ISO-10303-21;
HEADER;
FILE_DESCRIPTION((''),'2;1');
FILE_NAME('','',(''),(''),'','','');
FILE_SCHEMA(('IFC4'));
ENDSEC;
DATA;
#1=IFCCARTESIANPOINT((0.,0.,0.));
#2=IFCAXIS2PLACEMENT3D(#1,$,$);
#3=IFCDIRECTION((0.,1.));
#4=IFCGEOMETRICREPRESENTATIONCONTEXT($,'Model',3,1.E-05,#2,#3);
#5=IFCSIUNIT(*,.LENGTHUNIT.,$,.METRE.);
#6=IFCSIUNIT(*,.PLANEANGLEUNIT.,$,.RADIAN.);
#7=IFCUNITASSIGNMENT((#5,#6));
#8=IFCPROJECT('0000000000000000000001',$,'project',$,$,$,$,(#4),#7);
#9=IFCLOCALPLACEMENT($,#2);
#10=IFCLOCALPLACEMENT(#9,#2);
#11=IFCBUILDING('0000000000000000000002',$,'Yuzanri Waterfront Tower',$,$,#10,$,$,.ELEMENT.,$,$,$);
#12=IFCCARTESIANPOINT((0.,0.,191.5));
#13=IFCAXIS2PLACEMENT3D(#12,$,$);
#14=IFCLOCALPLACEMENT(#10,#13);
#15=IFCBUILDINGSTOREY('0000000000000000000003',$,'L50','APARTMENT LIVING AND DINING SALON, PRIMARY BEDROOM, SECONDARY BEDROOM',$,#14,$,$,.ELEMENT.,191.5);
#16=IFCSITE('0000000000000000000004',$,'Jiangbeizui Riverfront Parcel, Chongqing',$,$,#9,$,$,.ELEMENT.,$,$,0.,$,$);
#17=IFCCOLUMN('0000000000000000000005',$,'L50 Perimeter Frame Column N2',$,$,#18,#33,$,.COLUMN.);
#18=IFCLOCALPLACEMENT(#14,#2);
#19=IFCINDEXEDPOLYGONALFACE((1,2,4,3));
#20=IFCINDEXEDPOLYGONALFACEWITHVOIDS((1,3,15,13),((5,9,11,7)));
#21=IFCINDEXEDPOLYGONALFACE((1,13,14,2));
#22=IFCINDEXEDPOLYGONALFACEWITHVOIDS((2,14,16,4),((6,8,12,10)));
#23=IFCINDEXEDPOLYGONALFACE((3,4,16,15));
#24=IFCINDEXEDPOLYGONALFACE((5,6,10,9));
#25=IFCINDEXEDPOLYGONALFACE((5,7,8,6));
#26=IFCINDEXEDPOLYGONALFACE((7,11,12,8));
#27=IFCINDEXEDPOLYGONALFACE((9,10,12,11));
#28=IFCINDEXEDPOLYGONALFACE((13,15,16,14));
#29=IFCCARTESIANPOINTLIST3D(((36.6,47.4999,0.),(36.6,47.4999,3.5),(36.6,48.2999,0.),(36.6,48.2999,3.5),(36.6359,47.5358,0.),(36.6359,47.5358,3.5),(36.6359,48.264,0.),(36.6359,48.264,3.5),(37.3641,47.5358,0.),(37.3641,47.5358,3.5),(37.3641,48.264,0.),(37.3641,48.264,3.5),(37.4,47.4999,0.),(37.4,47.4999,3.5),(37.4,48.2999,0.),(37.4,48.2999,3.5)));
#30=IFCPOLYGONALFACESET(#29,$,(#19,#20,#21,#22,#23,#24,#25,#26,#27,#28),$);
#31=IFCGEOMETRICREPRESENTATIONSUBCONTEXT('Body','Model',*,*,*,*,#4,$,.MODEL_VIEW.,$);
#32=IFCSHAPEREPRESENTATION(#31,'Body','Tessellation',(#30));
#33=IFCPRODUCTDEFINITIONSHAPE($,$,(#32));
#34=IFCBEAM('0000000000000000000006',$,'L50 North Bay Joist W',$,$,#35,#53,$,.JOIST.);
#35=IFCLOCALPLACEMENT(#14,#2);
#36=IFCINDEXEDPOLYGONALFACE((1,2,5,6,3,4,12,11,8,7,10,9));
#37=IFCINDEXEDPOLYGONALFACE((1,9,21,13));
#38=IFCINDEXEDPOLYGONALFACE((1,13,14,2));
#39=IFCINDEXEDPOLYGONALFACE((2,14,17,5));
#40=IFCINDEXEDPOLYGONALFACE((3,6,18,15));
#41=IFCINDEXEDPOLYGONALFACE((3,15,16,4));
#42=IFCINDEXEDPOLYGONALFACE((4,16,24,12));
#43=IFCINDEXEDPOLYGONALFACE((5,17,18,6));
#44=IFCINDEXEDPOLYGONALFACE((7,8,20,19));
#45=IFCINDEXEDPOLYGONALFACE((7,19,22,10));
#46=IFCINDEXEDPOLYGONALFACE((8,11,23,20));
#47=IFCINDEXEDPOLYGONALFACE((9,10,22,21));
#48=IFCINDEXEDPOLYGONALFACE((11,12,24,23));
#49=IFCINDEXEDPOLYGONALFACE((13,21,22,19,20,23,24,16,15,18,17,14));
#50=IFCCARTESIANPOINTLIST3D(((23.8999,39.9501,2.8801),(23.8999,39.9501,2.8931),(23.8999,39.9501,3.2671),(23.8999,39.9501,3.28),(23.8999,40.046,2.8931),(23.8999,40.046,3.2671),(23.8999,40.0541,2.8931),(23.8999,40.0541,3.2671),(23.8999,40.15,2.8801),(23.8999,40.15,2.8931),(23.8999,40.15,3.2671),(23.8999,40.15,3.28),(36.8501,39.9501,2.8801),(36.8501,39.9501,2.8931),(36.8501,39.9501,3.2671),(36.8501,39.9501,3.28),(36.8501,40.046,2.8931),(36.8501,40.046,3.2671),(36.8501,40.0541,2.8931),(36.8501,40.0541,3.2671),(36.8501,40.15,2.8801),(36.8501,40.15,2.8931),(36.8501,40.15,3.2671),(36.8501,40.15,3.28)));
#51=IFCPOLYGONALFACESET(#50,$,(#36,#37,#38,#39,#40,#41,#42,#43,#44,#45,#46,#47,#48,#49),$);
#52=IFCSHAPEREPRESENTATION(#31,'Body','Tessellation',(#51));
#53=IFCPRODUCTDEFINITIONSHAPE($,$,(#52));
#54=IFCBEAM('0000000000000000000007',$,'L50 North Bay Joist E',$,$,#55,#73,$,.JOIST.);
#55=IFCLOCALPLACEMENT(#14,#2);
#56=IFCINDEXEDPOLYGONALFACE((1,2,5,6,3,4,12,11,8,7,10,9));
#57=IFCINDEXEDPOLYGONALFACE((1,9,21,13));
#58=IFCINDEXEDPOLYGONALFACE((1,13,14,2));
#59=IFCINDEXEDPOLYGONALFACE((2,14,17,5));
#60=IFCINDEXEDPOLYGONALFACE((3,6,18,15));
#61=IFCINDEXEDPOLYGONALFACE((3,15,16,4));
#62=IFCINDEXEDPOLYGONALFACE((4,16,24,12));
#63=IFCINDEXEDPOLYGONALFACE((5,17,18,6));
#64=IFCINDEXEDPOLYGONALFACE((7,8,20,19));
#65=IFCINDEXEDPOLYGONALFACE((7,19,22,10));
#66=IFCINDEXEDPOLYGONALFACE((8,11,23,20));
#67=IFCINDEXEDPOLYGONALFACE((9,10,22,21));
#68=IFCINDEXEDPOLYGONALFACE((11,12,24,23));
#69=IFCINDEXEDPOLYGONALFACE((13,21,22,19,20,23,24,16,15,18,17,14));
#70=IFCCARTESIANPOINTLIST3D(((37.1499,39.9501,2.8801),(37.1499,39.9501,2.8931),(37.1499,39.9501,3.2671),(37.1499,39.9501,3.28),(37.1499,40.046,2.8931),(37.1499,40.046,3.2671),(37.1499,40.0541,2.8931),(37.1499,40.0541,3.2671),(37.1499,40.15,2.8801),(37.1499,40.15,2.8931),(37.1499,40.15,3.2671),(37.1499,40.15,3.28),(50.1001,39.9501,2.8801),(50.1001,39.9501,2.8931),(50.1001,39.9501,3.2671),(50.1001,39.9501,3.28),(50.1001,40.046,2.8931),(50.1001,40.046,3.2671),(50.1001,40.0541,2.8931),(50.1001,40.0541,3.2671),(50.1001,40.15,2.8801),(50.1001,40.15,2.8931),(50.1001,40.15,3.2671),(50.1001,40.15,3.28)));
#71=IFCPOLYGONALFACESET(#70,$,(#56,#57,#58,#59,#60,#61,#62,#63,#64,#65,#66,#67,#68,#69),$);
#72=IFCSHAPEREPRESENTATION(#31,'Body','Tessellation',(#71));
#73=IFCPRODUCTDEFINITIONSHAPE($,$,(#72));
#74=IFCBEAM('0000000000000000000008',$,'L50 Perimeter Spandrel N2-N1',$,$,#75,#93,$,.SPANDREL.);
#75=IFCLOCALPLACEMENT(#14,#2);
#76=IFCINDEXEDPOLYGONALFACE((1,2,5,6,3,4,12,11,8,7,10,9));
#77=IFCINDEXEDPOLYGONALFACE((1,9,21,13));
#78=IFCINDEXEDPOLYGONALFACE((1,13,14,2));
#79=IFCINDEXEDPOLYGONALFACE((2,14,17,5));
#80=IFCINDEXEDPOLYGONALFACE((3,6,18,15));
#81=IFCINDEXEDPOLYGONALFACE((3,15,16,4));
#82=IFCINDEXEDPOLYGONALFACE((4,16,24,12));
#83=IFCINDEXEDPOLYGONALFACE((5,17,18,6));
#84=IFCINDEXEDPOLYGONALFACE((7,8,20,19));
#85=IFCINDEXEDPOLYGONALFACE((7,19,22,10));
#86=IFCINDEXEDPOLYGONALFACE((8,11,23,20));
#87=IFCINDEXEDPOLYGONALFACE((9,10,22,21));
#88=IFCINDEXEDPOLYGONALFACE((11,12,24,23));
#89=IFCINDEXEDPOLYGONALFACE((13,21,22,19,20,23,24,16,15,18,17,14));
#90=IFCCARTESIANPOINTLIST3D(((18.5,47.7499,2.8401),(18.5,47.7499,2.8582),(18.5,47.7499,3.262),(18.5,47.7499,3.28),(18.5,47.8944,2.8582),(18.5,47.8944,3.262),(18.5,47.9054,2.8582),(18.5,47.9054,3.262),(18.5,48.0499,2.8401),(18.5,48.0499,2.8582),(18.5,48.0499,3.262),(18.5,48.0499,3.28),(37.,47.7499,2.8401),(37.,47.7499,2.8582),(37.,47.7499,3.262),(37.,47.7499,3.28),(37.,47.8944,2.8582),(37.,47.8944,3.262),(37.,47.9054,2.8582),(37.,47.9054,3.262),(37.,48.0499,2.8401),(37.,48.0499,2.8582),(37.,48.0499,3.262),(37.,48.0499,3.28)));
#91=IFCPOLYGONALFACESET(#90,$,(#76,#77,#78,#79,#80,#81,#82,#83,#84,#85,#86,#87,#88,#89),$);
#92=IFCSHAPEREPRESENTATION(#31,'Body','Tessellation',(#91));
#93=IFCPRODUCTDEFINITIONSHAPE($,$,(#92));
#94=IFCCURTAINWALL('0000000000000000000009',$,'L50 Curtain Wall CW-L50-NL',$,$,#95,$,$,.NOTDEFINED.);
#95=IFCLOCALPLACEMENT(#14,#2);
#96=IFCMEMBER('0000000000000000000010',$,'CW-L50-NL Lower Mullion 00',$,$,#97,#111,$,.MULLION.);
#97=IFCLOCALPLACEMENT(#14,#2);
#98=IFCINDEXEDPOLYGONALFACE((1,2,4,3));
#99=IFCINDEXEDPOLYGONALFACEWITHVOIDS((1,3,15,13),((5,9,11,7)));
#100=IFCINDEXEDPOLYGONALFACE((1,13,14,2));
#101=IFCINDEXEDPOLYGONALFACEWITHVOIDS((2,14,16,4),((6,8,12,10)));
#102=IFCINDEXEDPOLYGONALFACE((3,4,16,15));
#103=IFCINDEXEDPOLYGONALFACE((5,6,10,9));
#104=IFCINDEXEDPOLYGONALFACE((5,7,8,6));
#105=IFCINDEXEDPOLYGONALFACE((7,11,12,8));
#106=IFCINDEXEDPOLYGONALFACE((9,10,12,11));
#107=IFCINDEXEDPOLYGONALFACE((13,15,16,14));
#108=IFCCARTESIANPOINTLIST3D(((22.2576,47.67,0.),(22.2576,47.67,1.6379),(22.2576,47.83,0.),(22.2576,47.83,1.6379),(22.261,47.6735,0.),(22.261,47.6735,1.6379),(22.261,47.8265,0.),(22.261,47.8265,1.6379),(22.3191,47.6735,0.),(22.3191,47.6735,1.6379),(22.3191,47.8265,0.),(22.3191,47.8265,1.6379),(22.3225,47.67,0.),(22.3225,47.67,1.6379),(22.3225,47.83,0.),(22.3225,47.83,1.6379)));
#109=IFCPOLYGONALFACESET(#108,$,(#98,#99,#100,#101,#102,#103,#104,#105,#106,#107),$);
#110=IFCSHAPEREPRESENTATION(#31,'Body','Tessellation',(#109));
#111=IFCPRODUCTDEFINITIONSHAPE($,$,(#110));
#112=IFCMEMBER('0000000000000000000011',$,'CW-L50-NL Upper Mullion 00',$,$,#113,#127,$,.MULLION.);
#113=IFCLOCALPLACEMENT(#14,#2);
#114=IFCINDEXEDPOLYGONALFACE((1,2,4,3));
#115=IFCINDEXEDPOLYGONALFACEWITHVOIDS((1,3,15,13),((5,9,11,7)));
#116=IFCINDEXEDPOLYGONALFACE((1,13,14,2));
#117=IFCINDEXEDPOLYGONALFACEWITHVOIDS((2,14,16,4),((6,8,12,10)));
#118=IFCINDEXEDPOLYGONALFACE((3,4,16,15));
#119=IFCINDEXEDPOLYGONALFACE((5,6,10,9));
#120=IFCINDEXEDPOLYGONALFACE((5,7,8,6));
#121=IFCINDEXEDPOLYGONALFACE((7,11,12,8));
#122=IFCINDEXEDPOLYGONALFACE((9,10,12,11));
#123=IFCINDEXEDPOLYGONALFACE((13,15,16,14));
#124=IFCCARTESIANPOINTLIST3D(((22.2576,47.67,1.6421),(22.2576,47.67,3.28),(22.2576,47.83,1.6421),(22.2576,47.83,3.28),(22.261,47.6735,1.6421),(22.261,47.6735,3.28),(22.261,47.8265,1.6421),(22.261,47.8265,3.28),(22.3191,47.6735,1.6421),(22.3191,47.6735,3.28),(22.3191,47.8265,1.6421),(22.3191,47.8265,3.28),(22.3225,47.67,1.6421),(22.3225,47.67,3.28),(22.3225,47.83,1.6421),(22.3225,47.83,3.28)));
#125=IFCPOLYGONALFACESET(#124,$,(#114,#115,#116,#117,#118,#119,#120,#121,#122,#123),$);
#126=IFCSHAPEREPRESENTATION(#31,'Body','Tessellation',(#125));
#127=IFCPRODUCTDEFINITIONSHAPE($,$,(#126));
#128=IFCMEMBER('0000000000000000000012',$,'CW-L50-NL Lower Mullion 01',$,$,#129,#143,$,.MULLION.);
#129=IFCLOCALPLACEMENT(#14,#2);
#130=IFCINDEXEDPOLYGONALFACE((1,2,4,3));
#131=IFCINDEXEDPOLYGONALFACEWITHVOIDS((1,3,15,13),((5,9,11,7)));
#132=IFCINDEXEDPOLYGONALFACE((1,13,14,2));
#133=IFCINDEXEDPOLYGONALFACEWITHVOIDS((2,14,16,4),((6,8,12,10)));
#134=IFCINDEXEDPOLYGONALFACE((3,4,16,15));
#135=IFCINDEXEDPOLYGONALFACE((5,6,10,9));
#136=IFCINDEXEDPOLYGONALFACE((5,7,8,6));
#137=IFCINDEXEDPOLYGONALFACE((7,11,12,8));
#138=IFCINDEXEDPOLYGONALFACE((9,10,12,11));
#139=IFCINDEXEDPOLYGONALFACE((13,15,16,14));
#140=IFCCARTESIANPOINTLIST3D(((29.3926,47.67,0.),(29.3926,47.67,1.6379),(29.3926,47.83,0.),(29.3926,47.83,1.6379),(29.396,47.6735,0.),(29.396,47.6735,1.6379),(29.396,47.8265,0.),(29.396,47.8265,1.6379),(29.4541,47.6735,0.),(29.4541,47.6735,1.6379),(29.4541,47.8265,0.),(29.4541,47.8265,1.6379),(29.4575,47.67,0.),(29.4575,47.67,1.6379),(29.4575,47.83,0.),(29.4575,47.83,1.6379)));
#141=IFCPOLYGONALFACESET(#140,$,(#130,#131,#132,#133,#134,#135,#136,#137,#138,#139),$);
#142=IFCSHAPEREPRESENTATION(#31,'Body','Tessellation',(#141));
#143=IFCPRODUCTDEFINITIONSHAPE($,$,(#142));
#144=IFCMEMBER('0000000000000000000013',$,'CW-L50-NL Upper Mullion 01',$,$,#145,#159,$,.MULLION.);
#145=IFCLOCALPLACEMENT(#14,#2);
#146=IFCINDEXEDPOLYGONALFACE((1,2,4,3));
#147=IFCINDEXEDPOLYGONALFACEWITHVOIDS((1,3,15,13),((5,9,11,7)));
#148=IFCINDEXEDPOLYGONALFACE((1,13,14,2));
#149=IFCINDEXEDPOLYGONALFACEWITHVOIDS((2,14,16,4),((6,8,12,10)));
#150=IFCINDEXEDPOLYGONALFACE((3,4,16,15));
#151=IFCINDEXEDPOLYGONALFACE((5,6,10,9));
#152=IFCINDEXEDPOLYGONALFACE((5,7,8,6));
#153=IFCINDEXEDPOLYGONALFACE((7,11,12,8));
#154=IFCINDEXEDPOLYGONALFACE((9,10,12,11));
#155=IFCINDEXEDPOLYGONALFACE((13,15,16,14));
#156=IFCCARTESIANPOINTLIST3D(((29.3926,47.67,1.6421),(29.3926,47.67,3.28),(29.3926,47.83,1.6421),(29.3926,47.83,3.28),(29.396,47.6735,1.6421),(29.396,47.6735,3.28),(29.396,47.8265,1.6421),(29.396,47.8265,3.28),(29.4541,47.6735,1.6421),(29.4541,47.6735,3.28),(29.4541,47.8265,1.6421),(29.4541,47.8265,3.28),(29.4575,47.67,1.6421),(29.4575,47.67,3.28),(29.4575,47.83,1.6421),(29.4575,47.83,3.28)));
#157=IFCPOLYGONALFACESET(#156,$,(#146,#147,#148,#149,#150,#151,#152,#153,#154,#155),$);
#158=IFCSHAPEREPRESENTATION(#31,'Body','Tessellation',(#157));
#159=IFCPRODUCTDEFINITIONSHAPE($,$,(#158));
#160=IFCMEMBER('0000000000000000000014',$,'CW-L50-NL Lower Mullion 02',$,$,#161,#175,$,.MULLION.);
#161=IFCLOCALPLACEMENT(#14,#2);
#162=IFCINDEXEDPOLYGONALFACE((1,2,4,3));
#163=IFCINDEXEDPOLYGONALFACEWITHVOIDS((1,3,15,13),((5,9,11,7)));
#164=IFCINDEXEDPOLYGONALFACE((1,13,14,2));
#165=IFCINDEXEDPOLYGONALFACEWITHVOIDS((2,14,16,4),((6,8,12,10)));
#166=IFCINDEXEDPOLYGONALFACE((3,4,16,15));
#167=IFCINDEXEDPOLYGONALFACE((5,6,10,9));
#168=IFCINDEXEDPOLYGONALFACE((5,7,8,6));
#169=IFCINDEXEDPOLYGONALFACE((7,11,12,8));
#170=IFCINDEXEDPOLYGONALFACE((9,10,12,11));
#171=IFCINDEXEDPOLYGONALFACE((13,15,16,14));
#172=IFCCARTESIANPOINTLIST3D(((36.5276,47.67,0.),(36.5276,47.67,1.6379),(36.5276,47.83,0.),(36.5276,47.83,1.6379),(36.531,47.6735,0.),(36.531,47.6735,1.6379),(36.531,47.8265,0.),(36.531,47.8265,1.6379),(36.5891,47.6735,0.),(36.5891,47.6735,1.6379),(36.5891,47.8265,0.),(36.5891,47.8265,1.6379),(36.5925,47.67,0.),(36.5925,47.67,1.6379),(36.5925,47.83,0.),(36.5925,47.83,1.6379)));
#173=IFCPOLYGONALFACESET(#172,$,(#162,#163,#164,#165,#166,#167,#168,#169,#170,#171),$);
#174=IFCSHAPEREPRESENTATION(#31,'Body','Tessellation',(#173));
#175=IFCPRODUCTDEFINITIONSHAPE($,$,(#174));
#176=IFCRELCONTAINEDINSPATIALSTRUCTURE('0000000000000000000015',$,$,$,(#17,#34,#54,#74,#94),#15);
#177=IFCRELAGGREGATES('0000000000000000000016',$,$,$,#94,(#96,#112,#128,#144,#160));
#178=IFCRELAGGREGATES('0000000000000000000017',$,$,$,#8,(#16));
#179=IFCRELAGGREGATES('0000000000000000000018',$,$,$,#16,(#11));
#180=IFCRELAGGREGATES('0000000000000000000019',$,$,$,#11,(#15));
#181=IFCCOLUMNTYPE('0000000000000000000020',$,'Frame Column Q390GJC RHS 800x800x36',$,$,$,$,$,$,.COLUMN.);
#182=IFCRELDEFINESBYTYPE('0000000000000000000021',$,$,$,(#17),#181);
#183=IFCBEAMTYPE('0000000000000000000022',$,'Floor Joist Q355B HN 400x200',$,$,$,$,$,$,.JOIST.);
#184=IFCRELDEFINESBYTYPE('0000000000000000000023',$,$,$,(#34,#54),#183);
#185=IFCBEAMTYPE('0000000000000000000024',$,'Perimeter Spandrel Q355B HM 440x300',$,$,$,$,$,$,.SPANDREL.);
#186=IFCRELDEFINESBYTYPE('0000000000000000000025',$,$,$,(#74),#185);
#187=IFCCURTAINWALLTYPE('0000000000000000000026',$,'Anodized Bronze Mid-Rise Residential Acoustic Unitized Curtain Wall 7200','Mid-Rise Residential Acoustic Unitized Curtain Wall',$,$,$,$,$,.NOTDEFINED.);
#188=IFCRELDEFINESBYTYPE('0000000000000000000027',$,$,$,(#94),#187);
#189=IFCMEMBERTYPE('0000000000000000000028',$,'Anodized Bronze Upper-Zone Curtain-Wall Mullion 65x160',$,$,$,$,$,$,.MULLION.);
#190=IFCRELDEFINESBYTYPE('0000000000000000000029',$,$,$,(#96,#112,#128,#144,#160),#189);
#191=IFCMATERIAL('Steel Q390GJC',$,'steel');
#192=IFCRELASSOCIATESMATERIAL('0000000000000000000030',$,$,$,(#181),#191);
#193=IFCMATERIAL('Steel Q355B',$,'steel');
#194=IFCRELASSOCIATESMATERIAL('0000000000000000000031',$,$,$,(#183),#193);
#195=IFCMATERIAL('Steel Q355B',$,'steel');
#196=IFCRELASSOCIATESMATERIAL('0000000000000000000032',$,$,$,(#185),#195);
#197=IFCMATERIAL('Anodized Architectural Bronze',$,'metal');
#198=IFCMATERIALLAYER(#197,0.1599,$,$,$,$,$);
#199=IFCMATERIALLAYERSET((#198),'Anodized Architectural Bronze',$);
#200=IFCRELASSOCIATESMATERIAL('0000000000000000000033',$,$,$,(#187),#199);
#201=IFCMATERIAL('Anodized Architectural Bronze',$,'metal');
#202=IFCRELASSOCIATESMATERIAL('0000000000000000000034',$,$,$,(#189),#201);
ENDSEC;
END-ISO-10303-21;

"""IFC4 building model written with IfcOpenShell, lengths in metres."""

from ifc_helpers import new_model, si_unit, direction, frame, origin, origin_2d, place, context, subcontext, project, spatial, hollow_rectangle, i_section, extrude, source, transform, mapped, material, layer, layer_set, material_profile, profile_set, type_object, element, aggregate, save


model = new_model("IFC4")

# Units and contexts
model_context = context("Model", 3, precision=1e-05, world=origin(), true_north=direction((0.0, 1.0)))
body_context = subcontext(model_context, "Body", "Model", "MODEL_VIEW")
ifc_project = project(units=[si_unit("LENGTHUNIT", "METRE"), si_unit("PLANEANGLEUNIT", "RADIAN")], contexts=[model_context])

# Site, building, storey
site_placement = place(None, origin())
site = spatial("IfcSite", under=ifc_project, at=site_placement, Name="Jiangbeizui Riverfront Parcel, Chongqing", CompositionType="ELEMENT", RefElevation=0.0)
building_placement = place(site_placement, origin())
building = spatial("IfcBuilding", under=site, at=building_placement, Name="Yuzanri Waterfront Tower", CompositionType="ELEMENT")
storey_placement = place(building_placement, frame((0.0, 0.0, 191.5)))
storey = spatial("IfcBuildingStorey", under=building, at=storey_placement, Name="L50", Description="APARTMENT LIVING AND DINING SALON, PRIMARY BEDROOM, SECONDARY BEDROOM", CompositionType="ELEMENT", Elevation=191.5)

# Column
ifc_material_1 = material(Name="Steel Q390GJC", Category="steel")
ifc_material_profile_1 = material_profile(ifc_material_1, hollow_rectangle(XDim=0.8, YDim=0.8, WallThickness=0.0359, at=origin_2d()), Name="RHS 800x800x36")
ifc_profile_set_1 = profile_set([ifc_material_profile_1], Name="Steel Q390GJC")
column_type = type_object("IfcColumnType", Name="Frame Column Q390GJC RHS 800x800x36", PredefinedType="COLUMN", material=ifc_profile_set_1)
shared_shape_1 = source(origin(), body_context, "Body", "SweptSolid", [
    extrude(hollow_rectangle(XDim=0.8, YDim=0.8, WallThickness=0.0359, at=origin_2d()), origin(), (0.0, 0.0, 1.0), 3.5),
])
column_placement = place(storey_placement, frame((37.0, 47.8999, 0.0), z_axis=(0.0, 0.0, 1.0), x_axis=(1.0, 0.0, 0.0)))
element("IfcColumn", 1, at=column_placement, inside=storey, type_object=column_type, Name="L50 Perimeter Frame Column N2", PredefinedType="COLUMN", context=body_context, shape_type="MappedRepresentation", body=[
    mapped(shared_shape_1, transform((0.0, 0.0, 0.0), scale=1.0)),
])

# Beams
ifc_material_2 = material(Name="Steel Q355B", Category="steel")
ifc_material_profile_2 = material_profile(ifc_material_2, i_section(OverallWidth=0.2, OverallDepth=0.3999, WebThickness=0.0081, FlangeThickness=0.0129, at=origin_2d()), Name="HN 400x200x8x13")
ifc_profile_set_2 = profile_set([ifc_material_profile_2], Name="Steel Q355B")
beam_type_1 = type_object("IfcBeamType", Name="Floor Joist Q355B HN 400x200", PredefinedType="JOIST", material=ifc_profile_set_2)
shared_shape_2 = source(origin(), body_context, "Body", "SweptSolid", [
    extrude(i_section(OverallWidth=0.2, OverallDepth=0.3999, WebThickness=0.0081, FlangeThickness=0.0129, at=origin_2d()), origin(), (0.0, 0.0, 1.0), 12.9502),
])
for number, where, z_axis, x_axis, name in (
    (2, (23.8999, 40.05, 3.0801), (1.0, 0.0, 0.0), (0.0, 1.0, 0.0), "L50 North Bay Joist W"),
    (3, (37.1499, 40.05, 3.0801), (1.0, 0.0, 0.0), (0.0, 1.0, 0.0), "L50 North Bay Joist E"),
):
    element("IfcBeam", number, at=place(storey_placement, frame(where, z_axis=z_axis, x_axis=x_axis)), inside=storey, type_object=beam_type_1, Name=name, PredefinedType="JOIST", context=body_context, shape_type="MappedRepresentation", body=[
        mapped(shared_shape_2, transform((0.0, 0.0, 0.0), scale=1.0)),
    ])
ifc_material_3 = material(Name="Steel Q355B", Category="steel")
ifc_material_profile_3 = material_profile(ifc_material_3, i_section(OverallWidth=0.3, OverallDepth=0.4399, WebThickness=0.011, FlangeThickness=0.0181, at=origin_2d()), Name="HM 440x300x11x18")
ifc_profile_set_3 = profile_set([ifc_material_profile_3], Name="Steel Q355B")
beam_type_2 = type_object("IfcBeamType", Name="Perimeter Spandrel Q355B HM 440x300", PredefinedType="SPANDREL", material=ifc_profile_set_3)
shared_shape_3 = source(origin(), body_context, "Body", "SweptSolid", [
    extrude(i_section(OverallWidth=0.3, OverallDepth=0.4399, WebThickness=0.011, FlangeThickness=0.0181, at=origin_2d()), origin(), (0.0, 0.0, 1.0), 18.5),
])
beam_placement = place(storey_placement, frame((37.0, 47.8999, 3.0601), z_axis=(-1.0, 0.0, 0.0), x_axis=(0.0, -1.0, 0.0)))
element("IfcBeam", 4, at=beam_placement, inside=storey, type_object=beam_type_2, Name="L50 Perimeter Spandrel N2-N1", PredefinedType="SPANDREL", context=body_context, shape_type="MappedRepresentation", body=[
    mapped(shared_shape_3, transform((0.0, 0.0, 0.0), scale=1.0)),
])

# Curtain wall, members
ifc_material_4 = material(Name="Anodized Architectural Bronze", Category="metal")
ifc_layer_1 = layer(ifc_material_4, 0.1599)
ifc_layer_set_1 = layer_set([ifc_layer_1], Name="Anodized Architectural Bronze")
curtain_wall_type = type_object("IfcCurtainWallType", Name="Anodized Bronze Mid-Rise Residential Acoustic Unitized Curtain Wall 7200", Description="Mid-Rise Residential Acoustic Unitized Curtain Wall", PredefinedType="NOTDEFINED", material=ifc_layer_set_1)
curtain_wall_1_placement = place(storey_placement, origin())
curtain_wall_1 = element("IfcCurtainWall", 5, at=curtain_wall_1_placement, inside=storey, type_object=curtain_wall_type, Name="L50 Curtain Wall CW-L50-NL", PredefinedType="NOTDEFINED")
ifc_material_5 = material(Name="Anodized Architectural Bronze", Category="metal")
ifc_material_profile_4 = material_profile(ifc_material_5, hollow_rectangle(XDim=0.0649, YDim=0.1599, WallThickness=0.0034, at=origin_2d()), Name="CWM 65x160")
ifc_profile_set_4 = profile_set([ifc_material_profile_4], Name="Anodized Architectural Bronze")
member_type_1 = type_object("IfcMemberType", Name="Anodized Bronze Upper-Zone Curtain-Wall Mullion 65x160", PredefinedType="MULLION", material=ifc_profile_set_4)
shared_shape_4 = source(origin(), body_context, "Body", "SweptSolid", [
    extrude(hollow_rectangle(XDim=0.0649, YDim=0.1599, WallThickness=0.0034, at=origin_2d()), origin(), (0.0, 0.0, 1.0), 1.6379),
])
member_1_placement = place(storey_placement, frame((22.29, 47.75, 0.0), z_axis=(0.0, 0.0, 1.0), x_axis=(1.0, 0.0, 0.0)))
member_1 = element("IfcMember", 6, at=member_1_placement, type_object=member_type_1, Name="CW-L50-NL Lower Mullion 00", PredefinedType="MULLION", context=body_context, shape_type="MappedRepresentation", body=[
    mapped(shared_shape_4, transform((0.0, 0.0, 0.0), scale=1.0)),
])
member_2_placement = place(storey_placement, frame((22.29, 47.75, 1.6421), z_axis=(0.0, 0.0, 1.0), x_axis=(1.0, 0.0, 0.0)))
member_2 = element("IfcMember", 7, at=member_2_placement, type_object=member_type_1, Name="CW-L50-NL Upper Mullion 00", PredefinedType="MULLION", context=body_context, shape_type="MappedRepresentation", body=[
    mapped(shared_shape_4, transform((0.0, 0.0, 0.0), scale=1.0)),
])
member_3_placement = place(storey_placement, frame((29.425, 47.75, 0.0), z_axis=(0.0, 0.0, 1.0), x_axis=(1.0, 0.0, 0.0)))
member_3 = element("IfcMember", 8, at=member_3_placement, type_object=member_type_1, Name="CW-L50-NL Lower Mullion 01", PredefinedType="MULLION", context=body_context, shape_type="MappedRepresentation", body=[
    mapped(shared_shape_4, transform((0.0, 0.0, 0.0), scale=1.0)),
])
member_4_placement = place(storey_placement, frame((29.425, 47.75, 1.6421), z_axis=(0.0, 0.0, 1.0), x_axis=(1.0, 0.0, 0.0)))
member_4 = element("IfcMember", 9, at=member_4_placement, type_object=member_type_1, Name="CW-L50-NL Upper Mullion 01", PredefinedType="MULLION", context=body_context, shape_type="MappedRepresentation", body=[
    mapped(shared_shape_4, transform((0.0, 0.0, 0.0), scale=1.0)),
])
member_5_placement = place(storey_placement, frame((36.5601, 47.75, 0.0), z_axis=(0.0, 0.0, 1.0), x_axis=(1.0, 0.0, 0.0)))
member_5 = element("IfcMember", 10, at=member_5_placement, type_object=member_type_1, Name="CW-L50-NL Lower Mullion 02", PredefinedType="MULLION", context=body_context, shape_type="MappedRepresentation", body=[
    mapped(shared_shape_4, transform((0.0, 0.0, 0.0), scale=1.0)),
])

aggregate(curtain_wall_1, [member_1, member_2, member_3, member_4, member_5])

save(model, "model.ifc")
